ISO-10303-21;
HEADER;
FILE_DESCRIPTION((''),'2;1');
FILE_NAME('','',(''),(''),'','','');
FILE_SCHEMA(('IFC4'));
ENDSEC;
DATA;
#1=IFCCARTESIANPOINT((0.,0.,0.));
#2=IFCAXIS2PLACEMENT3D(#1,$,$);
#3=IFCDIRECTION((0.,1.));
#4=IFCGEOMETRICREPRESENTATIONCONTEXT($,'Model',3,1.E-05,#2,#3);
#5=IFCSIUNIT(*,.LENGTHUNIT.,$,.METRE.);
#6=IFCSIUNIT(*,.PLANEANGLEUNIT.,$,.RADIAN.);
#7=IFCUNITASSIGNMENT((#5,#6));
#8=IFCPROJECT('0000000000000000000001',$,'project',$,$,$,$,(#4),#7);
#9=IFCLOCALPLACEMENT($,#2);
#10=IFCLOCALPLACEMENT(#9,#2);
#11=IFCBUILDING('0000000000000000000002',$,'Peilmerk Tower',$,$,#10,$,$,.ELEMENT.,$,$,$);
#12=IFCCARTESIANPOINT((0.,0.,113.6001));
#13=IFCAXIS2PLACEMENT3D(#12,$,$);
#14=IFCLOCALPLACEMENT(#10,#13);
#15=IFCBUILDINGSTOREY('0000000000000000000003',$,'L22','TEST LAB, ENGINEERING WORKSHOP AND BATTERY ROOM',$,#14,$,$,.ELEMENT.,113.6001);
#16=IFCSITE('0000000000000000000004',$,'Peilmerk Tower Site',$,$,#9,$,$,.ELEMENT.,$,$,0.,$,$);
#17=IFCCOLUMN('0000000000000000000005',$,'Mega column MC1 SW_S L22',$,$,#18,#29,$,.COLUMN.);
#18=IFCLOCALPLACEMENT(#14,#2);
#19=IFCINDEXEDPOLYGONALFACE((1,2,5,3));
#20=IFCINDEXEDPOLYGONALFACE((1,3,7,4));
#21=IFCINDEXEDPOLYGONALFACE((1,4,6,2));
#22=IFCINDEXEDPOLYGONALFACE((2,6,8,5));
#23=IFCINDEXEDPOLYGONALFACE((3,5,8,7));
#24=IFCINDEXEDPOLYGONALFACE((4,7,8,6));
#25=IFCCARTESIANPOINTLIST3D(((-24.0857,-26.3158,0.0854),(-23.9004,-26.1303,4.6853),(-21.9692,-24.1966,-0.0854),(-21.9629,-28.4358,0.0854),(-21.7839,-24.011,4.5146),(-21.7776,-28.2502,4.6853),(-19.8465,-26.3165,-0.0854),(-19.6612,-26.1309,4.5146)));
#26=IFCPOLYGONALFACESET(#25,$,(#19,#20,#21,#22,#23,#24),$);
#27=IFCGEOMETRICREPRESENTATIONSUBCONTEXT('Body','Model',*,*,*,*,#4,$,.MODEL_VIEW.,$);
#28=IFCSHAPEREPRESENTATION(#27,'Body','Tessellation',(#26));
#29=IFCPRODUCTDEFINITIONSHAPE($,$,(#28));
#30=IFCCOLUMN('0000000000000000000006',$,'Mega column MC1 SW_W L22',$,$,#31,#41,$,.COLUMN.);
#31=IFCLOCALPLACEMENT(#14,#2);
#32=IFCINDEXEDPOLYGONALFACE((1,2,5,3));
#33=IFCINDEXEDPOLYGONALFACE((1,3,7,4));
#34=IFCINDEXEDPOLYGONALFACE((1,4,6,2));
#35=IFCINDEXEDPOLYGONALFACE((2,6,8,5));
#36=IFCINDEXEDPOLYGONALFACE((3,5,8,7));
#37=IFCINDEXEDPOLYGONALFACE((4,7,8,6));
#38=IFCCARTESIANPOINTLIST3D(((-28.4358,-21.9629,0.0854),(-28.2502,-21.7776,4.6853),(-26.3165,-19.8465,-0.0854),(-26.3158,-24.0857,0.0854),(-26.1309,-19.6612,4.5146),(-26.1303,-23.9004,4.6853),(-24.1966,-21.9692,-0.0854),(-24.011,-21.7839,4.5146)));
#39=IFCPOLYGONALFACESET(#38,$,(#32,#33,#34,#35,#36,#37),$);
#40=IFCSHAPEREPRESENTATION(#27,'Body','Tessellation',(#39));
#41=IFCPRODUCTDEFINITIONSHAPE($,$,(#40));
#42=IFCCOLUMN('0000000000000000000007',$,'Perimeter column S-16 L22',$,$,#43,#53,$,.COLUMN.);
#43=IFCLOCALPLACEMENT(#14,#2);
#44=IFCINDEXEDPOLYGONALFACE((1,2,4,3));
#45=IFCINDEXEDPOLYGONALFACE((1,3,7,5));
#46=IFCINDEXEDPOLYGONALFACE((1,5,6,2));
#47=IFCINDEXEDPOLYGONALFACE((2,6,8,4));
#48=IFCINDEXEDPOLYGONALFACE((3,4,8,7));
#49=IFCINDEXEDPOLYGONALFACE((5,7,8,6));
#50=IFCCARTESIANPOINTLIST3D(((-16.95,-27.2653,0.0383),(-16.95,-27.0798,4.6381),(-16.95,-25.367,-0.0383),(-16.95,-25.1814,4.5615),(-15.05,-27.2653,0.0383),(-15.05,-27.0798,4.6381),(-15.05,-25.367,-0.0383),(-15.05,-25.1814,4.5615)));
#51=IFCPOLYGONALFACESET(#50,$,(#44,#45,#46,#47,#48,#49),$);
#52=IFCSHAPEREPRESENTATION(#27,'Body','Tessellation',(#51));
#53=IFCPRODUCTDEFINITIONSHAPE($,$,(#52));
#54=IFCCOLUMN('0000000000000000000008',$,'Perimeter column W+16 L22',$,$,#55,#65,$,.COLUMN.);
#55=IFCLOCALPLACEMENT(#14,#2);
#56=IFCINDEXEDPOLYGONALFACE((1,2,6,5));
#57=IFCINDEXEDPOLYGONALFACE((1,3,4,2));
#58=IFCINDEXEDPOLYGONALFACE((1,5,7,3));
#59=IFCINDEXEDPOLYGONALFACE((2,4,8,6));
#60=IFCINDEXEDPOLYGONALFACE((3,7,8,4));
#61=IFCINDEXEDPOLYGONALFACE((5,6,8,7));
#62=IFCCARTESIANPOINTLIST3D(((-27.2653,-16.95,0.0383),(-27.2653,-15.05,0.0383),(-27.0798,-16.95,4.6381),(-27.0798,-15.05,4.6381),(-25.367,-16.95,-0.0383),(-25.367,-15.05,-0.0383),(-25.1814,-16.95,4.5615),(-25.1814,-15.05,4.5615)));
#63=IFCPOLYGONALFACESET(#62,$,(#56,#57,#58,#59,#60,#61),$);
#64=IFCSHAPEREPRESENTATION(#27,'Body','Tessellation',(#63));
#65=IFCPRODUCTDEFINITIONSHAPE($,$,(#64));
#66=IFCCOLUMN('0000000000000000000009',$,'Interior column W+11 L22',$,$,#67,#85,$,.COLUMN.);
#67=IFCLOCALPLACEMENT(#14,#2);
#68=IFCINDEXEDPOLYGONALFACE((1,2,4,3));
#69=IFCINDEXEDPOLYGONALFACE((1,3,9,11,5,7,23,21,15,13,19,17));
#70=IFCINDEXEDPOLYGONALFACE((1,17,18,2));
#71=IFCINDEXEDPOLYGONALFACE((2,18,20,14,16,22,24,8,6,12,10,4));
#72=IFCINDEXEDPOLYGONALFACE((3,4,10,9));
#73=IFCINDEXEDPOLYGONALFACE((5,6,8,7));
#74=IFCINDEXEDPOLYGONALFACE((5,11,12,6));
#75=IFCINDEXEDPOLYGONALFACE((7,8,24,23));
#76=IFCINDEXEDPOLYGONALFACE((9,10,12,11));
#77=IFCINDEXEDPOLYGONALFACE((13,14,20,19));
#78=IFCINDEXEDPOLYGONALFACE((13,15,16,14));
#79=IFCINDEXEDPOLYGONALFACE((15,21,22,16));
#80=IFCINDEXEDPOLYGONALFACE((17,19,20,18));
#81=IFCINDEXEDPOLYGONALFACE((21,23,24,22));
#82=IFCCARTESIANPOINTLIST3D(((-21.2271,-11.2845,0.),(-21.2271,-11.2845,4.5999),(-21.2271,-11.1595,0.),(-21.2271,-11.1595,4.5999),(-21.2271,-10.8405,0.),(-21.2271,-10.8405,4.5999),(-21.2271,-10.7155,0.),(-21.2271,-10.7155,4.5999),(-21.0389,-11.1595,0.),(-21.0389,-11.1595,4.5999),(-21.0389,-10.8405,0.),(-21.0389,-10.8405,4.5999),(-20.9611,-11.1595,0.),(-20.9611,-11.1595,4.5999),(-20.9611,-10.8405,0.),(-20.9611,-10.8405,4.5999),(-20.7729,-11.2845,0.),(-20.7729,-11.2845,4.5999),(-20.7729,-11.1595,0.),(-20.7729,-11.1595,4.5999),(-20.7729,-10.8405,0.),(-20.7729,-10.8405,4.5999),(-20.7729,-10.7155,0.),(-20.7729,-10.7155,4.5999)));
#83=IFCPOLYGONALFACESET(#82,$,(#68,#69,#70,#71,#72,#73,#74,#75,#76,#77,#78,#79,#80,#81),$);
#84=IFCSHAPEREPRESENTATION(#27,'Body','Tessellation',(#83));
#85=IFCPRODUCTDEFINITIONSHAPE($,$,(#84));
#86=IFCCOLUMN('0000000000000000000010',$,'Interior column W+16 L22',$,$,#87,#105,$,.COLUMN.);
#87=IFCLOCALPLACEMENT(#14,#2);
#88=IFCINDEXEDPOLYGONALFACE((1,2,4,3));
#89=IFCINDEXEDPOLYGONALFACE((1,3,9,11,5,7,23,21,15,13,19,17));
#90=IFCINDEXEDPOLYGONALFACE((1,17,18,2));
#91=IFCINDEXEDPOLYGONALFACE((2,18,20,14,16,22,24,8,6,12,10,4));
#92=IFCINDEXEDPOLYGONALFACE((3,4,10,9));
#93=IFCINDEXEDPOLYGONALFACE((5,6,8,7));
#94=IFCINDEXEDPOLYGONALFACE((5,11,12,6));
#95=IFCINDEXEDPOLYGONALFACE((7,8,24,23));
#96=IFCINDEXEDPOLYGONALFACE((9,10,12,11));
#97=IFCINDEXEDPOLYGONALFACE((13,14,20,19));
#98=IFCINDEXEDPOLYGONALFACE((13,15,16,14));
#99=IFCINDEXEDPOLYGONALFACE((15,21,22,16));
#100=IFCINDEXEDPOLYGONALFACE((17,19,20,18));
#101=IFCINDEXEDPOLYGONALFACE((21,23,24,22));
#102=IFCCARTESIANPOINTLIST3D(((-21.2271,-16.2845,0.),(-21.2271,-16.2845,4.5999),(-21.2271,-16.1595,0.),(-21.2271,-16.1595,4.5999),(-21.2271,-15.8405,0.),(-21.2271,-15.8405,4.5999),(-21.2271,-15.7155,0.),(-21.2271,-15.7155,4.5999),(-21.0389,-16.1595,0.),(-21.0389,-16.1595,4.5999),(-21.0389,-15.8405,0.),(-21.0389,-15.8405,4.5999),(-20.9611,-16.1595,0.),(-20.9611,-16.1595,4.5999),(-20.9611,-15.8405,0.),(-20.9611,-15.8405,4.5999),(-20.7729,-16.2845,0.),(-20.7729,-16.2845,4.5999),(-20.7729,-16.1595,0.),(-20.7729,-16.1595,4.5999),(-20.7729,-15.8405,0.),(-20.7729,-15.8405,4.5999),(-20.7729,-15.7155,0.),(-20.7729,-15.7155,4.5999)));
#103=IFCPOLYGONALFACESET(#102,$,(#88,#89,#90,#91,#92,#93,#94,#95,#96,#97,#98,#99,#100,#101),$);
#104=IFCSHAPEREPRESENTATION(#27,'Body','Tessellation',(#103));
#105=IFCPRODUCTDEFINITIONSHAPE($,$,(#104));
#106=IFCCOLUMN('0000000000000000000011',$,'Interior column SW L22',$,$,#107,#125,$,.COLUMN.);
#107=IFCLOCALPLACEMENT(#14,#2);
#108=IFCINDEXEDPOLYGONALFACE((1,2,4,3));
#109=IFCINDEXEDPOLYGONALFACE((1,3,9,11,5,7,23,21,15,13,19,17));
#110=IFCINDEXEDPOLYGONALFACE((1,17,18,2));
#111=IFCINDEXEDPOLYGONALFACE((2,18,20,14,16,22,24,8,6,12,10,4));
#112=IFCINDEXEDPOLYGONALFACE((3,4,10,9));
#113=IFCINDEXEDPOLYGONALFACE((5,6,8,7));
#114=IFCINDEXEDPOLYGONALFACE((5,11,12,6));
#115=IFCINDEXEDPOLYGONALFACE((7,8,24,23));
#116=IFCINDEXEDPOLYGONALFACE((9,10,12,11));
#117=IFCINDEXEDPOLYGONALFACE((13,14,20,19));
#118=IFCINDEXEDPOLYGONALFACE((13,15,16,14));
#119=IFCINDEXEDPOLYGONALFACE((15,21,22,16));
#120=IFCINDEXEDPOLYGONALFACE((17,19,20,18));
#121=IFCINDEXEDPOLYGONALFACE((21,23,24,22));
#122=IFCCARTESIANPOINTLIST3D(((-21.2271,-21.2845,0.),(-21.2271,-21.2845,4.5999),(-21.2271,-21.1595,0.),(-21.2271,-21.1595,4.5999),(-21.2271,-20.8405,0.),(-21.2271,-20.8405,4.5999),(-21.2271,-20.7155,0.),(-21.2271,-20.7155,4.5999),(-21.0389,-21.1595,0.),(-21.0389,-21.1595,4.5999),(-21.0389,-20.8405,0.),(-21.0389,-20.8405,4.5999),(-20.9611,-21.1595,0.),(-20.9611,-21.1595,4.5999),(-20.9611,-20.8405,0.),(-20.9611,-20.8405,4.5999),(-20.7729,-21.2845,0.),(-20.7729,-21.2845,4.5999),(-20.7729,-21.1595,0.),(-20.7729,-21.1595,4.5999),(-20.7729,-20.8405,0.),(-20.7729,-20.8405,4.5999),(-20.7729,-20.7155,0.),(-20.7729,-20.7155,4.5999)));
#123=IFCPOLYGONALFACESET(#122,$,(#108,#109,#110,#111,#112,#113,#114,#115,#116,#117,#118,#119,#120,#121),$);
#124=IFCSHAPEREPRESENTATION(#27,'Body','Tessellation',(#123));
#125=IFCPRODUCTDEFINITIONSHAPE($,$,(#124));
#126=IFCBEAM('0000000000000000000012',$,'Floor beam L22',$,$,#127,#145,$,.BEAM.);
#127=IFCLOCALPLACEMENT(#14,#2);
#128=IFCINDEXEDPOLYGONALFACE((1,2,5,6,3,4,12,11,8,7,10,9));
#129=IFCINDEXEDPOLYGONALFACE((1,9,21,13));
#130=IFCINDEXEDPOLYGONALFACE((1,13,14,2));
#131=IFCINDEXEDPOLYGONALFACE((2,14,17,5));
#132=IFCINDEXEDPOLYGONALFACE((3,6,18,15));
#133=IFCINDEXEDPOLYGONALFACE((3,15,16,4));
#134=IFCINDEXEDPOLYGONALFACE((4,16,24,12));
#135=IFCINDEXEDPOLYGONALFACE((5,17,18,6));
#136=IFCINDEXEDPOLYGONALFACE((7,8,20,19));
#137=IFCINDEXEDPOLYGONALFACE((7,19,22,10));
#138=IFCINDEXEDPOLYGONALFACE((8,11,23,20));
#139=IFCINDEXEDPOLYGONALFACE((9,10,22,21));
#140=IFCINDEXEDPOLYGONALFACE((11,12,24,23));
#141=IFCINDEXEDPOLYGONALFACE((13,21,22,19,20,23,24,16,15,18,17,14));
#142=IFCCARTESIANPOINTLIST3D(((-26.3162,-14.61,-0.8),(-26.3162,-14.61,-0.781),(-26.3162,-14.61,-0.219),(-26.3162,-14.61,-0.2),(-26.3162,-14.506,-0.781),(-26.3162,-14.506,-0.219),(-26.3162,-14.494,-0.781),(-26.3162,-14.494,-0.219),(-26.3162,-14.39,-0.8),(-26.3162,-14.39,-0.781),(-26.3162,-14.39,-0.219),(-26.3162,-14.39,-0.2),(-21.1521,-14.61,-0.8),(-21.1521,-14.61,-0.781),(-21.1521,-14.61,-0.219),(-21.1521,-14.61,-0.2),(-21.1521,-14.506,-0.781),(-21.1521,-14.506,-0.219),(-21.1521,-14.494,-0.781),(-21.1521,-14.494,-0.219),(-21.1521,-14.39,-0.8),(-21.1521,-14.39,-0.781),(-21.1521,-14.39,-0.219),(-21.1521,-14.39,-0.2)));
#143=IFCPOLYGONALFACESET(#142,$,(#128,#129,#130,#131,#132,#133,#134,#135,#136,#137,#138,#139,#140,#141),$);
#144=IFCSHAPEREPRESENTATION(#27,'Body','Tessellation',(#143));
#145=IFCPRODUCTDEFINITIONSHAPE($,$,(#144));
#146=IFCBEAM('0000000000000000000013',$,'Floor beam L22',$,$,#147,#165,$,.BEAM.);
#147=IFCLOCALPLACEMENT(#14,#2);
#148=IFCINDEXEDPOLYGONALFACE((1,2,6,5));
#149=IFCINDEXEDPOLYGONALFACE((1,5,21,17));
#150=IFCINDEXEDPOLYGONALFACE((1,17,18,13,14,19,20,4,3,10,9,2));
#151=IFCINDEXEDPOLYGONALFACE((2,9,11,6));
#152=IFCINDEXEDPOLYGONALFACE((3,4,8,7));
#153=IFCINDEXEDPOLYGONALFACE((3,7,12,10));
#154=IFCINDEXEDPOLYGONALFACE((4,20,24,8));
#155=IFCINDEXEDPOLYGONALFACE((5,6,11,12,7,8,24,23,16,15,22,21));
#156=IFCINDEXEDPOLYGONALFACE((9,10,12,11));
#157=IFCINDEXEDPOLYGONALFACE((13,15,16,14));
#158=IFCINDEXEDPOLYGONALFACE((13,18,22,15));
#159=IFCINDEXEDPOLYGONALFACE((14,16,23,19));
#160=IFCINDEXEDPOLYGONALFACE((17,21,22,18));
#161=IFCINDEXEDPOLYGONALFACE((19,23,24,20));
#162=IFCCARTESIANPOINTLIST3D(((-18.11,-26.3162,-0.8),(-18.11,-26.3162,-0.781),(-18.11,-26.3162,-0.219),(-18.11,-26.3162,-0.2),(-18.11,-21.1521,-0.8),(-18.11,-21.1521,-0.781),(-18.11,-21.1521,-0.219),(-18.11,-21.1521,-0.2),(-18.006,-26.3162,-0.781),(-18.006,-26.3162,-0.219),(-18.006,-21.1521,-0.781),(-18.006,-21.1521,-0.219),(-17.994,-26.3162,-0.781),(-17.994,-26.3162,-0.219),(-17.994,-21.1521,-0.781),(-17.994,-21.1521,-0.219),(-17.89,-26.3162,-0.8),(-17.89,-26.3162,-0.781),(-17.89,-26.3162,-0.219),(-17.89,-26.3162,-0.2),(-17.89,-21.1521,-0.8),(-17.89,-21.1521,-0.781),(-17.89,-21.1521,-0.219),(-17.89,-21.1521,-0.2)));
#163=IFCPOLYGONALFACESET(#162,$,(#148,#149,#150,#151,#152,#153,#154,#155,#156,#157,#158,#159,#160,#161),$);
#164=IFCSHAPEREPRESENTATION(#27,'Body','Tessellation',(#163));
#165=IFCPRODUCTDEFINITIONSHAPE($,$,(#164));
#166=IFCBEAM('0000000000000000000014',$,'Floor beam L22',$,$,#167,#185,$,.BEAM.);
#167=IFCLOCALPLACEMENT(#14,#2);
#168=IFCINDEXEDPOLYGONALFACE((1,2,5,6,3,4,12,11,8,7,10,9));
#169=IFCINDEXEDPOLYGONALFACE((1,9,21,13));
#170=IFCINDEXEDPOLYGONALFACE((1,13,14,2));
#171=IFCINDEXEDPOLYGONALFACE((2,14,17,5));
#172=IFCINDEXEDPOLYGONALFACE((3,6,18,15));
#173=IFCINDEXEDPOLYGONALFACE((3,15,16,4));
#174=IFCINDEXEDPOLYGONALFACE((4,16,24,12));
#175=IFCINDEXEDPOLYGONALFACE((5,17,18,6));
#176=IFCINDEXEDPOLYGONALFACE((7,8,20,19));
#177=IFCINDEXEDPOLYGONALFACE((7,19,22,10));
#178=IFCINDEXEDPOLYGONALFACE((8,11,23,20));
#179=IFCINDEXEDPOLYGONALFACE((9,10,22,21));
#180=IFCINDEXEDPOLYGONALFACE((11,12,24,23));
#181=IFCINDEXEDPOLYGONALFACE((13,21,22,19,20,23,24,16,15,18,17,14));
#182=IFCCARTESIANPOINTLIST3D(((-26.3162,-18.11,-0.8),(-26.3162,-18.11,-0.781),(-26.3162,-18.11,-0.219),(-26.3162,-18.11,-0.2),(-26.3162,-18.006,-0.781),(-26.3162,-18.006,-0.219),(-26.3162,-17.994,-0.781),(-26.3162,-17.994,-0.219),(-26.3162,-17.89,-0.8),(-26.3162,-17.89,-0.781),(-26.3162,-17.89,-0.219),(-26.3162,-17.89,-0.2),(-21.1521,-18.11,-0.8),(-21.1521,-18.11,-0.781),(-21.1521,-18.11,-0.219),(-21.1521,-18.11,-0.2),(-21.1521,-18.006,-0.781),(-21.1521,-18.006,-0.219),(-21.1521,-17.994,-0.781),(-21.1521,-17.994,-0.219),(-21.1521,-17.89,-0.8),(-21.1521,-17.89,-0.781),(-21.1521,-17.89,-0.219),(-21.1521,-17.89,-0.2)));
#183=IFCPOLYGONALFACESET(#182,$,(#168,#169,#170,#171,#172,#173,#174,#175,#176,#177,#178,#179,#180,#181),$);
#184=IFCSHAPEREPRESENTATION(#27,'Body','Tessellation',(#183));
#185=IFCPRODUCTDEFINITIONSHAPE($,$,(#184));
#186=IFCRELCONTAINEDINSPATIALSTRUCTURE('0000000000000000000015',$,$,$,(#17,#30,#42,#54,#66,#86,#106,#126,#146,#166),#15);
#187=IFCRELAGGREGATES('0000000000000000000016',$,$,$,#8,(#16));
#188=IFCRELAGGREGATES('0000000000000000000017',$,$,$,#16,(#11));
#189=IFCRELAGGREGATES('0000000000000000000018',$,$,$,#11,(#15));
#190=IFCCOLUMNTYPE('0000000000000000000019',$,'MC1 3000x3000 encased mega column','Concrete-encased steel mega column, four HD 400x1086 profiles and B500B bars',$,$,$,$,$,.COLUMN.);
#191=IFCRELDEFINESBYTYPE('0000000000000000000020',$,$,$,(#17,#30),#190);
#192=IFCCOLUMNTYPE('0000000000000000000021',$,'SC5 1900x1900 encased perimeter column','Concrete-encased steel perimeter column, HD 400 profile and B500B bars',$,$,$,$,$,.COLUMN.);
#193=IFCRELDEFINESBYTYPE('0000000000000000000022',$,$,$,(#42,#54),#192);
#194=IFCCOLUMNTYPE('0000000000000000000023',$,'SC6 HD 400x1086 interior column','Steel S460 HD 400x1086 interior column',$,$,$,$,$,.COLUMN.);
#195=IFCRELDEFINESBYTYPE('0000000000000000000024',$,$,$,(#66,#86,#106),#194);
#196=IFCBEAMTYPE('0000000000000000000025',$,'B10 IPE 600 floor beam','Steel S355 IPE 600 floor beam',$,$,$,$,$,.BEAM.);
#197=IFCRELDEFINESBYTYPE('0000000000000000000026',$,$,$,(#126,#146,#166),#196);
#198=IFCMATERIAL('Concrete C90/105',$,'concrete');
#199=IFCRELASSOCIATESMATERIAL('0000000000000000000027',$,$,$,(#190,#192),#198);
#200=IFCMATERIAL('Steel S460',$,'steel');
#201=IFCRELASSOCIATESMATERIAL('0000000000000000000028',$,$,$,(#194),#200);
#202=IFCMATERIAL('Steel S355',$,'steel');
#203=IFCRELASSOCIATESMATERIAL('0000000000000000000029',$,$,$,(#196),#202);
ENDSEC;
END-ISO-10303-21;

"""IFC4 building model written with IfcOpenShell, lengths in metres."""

from ifc_helpers import new_model, si_unit, direction, frame, origin, origin_2d, place, context, subcontext, project, spatial, rectangle, i_section, extrude, material, material_profile, profile_set, type_object, element, save


model = new_model("IFC4")

# Units and contexts
model_context = context("Model", 3, precision=1e-05, world=origin(), true_north=direction((0.0, 1.0)))
body_context = subcontext(model_context, "Body", "Model", "MODEL_VIEW")
ifc_project = project(units=[si_unit("LENGTHUNIT", "METRE"), si_unit("PLANEANGLEUNIT", "RADIAN")], contexts=[model_context])

# Site, building, storey
site_placement = place(None, origin())
site = spatial("IfcSite", under=ifc_project, at=site_placement, Name="Peilmerk Tower Site", CompositionType="ELEMENT", RefElevation=0.0)
building_placement = place(site_placement, origin())
building = spatial("IfcBuilding", under=site, at=building_placement, Name="Peilmerk Tower", CompositionType="ELEMENT")
storey_placement = place(building_placement, frame((0.0, 0.0, 113.6001)))
storey = spatial("IfcBuildingStorey", under=building, at=storey_placement, Name="L22", Description="TEST LAB, ENGINEERING WORKSHOP AND BATTERY ROOM", CompositionType="ELEMENT", Elevation=113.6001)

# Columns
ifc_material_1 = material(Name="Concrete C90/105", Category="concrete")
ifc_material_profile_1 = material_profile(ifc_material_1, rectangle(XDim=3.0, YDim=3.0, at=origin_2d()), Name="RC 3000x3000")
ifc_profile_set_1 = profile_set([ifc_material_profile_1], Name="Concrete C90/105")
column_type_1 = type_object("IfcColumnType", Name="MC1 3000x3000 encased mega column", Description="Concrete-encased steel mega column, four HD 400x1086 profiles and B500B bars", PredefinedType="COLUMN", material=ifc_profile_set_1)
for number, where, z_axis, x_axis, name in (
    (1, (-21.9661, -26.3162, 0.0), (0.040219, 0.040272, 0.998379), (-0.707572, 0.706641, 0.0), "Mega column MC1 SW_S L22"),
    (2, (-26.3162, -21.9661, 0.0), (0.040272, 0.040219, 0.998379), (-0.706641, 0.707572, 0.0), "Mega column MC1 SW_W L22"),
):
    element("IfcColumn", number, at=place(storey_placement, frame(where, z_axis=z_axis, x_axis=x_axis)), inside=storey, type_object=column_type_1, Name=name, PredefinedType="COLUMN", context=body_context, shape_type="SweptSolid", body=[
        extrude(rectangle(XDim=3.0, YDim=3.0, at=origin_2d()), origin(), (0.0, 0.0, 1.0), 4.6074),
    ])
ifc_material_profile_2 = material_profile(ifc_material_1, rectangle(XDim=1.8999, YDim=1.8999, at=origin_2d()), Name="RC 1900x1900")
ifc_profile_set_2 = profile_set([ifc_material_profile_2], Name="Concrete C90/105")
column_type_2 = type_object("IfcColumnType", Name="SC5 1900x1900 encased perimeter column", Description="Concrete-encased steel perimeter column, HD 400 profile and B500B bars", PredefinedType="COLUMN", material=ifc_profile_set_2)
for number, where, z_axis, x_axis, name in (
    (3, (-16.0, -26.3162, 0.0), (0.0, 0.040305, 0.999187), (-1.0, 0.0, 0.0), "Perimeter column S-16 L22"),
    (4, (-26.3162, -16.0, 0.0), (0.040305, 0.0, 0.999187), (0.0, 1.0, 0.0), "Perimeter column W+16 L22"),
):
    element("IfcColumn", number, at=place(storey_placement, frame(where, z_axis=z_axis, x_axis=x_axis)), inside=storey, type_object=column_type_2, Name=name, PredefinedType="COLUMN", context=body_context, shape_type="SweptSolid", body=[
        extrude(rectangle(XDim=1.8999, YDim=1.8999, at=origin_2d()), origin(), (0.0, 0.0, 1.0), 4.6035),
    ])
ifc_material_2 = material(Name="Steel S460", Category="steel")
ifc_material_profile_3 = material_profile(ifc_material_2, i_section(OverallWidth=0.4541, OverallDepth=0.5691, WebThickness=0.0779, FlangeThickness=0.125, at=origin_2d()), Name="HD 400x1086")
ifc_profile_set_3 = profile_set([ifc_material_profile_3], Name="Steel S460")
column_type_3 = type_object("IfcColumnType", Name="SC6 HD 400x1086 interior column", Description="Steel S460 HD 400x1086 interior column", PredefinedType="COLUMN", material=ifc_profile_set_3)
for number, where, z_axis, x_axis, name in (
    (5, (-21.0, -11.0, 0.0), (0.0, 0.0, 1.0), (1.0, 0.0, 0.0), "Interior column W+11 L22"),
    (6, (-21.0, -16.0, 0.0), (0.0, 0.0, 1.0), (1.0, 0.0, 0.0), "Interior column W+16 L22"),
    (7, (-21.0, -21.0, 0.0), (0.0, 0.0, 1.0), (1.0, 0.0, 0.0), "Interior column SW L22"),
):
    element("IfcColumn", number, at=place(storey_placement, frame(where, z_axis=z_axis, x_axis=x_axis)), inside=storey, type_object=column_type_3, Name=name, PredefinedType="COLUMN", context=body_context, shape_type="SweptSolid", body=[
        extrude(i_section(OverallWidth=0.4541, OverallDepth=0.5691, WebThickness=0.0779, FlangeThickness=0.125, at=origin_2d()), origin(), (0.0, 0.0, 1.0), 4.5999),
    ])

# Beams
ifc_material_3 = material(Name="Steel S355", Category="steel")
ifc_material_profile_4 = material_profile(ifc_material_3, i_section(OverallWidth=0.22, OverallDepth=0.6001, WebThickness=0.012, FlangeThickness=0.019, at=origin_2d()), Name="IPE 600")
ifc_profile_set_4 = profile_set([ifc_material_profile_4], Name="Steel S355")
beam_type_1 = type_object("IfcBeamType", Name="B10 IPE 600 floor beam", Description="Steel S355 IPE 600 floor beam", PredefinedType="BEAM", material=ifc_profile_set_4)
for number, where, z_axis, x_axis, name in (
    (8, (-21.1521, -14.5, -0.5), (-1.0, 0.0, 0.0), (0.0, -1.0, 0.0), "Floor beam L22"),
    (9, (-18.0, -21.1521, -0.5), (0.0, -1.0, 0.0), (1.0, 0.0, 0.0), "Floor beam L22"),
    (10, (-21.1521, -18.0, -0.5), (-1.0, 0.0, 0.0), (0.0, -1.0, 0.0), "Floor beam L22"),
):
    element("IfcBeam", number, at=place(storey_placement, frame(where, z_axis=z_axis, x_axis=x_axis)), inside=storey, type_object=beam_type_1, Name=name, PredefinedType="BEAM", context=body_context, shape_type="SweptSolid", body=[
        extrude(i_section(OverallWidth=0.22, OverallDepth=0.6001, WebThickness=0.012, FlangeThickness=0.019, at=origin_2d()), origin(), (0.0, 0.0, 1.0), 5.1641),
    ])

save(model, "model.ifc")
